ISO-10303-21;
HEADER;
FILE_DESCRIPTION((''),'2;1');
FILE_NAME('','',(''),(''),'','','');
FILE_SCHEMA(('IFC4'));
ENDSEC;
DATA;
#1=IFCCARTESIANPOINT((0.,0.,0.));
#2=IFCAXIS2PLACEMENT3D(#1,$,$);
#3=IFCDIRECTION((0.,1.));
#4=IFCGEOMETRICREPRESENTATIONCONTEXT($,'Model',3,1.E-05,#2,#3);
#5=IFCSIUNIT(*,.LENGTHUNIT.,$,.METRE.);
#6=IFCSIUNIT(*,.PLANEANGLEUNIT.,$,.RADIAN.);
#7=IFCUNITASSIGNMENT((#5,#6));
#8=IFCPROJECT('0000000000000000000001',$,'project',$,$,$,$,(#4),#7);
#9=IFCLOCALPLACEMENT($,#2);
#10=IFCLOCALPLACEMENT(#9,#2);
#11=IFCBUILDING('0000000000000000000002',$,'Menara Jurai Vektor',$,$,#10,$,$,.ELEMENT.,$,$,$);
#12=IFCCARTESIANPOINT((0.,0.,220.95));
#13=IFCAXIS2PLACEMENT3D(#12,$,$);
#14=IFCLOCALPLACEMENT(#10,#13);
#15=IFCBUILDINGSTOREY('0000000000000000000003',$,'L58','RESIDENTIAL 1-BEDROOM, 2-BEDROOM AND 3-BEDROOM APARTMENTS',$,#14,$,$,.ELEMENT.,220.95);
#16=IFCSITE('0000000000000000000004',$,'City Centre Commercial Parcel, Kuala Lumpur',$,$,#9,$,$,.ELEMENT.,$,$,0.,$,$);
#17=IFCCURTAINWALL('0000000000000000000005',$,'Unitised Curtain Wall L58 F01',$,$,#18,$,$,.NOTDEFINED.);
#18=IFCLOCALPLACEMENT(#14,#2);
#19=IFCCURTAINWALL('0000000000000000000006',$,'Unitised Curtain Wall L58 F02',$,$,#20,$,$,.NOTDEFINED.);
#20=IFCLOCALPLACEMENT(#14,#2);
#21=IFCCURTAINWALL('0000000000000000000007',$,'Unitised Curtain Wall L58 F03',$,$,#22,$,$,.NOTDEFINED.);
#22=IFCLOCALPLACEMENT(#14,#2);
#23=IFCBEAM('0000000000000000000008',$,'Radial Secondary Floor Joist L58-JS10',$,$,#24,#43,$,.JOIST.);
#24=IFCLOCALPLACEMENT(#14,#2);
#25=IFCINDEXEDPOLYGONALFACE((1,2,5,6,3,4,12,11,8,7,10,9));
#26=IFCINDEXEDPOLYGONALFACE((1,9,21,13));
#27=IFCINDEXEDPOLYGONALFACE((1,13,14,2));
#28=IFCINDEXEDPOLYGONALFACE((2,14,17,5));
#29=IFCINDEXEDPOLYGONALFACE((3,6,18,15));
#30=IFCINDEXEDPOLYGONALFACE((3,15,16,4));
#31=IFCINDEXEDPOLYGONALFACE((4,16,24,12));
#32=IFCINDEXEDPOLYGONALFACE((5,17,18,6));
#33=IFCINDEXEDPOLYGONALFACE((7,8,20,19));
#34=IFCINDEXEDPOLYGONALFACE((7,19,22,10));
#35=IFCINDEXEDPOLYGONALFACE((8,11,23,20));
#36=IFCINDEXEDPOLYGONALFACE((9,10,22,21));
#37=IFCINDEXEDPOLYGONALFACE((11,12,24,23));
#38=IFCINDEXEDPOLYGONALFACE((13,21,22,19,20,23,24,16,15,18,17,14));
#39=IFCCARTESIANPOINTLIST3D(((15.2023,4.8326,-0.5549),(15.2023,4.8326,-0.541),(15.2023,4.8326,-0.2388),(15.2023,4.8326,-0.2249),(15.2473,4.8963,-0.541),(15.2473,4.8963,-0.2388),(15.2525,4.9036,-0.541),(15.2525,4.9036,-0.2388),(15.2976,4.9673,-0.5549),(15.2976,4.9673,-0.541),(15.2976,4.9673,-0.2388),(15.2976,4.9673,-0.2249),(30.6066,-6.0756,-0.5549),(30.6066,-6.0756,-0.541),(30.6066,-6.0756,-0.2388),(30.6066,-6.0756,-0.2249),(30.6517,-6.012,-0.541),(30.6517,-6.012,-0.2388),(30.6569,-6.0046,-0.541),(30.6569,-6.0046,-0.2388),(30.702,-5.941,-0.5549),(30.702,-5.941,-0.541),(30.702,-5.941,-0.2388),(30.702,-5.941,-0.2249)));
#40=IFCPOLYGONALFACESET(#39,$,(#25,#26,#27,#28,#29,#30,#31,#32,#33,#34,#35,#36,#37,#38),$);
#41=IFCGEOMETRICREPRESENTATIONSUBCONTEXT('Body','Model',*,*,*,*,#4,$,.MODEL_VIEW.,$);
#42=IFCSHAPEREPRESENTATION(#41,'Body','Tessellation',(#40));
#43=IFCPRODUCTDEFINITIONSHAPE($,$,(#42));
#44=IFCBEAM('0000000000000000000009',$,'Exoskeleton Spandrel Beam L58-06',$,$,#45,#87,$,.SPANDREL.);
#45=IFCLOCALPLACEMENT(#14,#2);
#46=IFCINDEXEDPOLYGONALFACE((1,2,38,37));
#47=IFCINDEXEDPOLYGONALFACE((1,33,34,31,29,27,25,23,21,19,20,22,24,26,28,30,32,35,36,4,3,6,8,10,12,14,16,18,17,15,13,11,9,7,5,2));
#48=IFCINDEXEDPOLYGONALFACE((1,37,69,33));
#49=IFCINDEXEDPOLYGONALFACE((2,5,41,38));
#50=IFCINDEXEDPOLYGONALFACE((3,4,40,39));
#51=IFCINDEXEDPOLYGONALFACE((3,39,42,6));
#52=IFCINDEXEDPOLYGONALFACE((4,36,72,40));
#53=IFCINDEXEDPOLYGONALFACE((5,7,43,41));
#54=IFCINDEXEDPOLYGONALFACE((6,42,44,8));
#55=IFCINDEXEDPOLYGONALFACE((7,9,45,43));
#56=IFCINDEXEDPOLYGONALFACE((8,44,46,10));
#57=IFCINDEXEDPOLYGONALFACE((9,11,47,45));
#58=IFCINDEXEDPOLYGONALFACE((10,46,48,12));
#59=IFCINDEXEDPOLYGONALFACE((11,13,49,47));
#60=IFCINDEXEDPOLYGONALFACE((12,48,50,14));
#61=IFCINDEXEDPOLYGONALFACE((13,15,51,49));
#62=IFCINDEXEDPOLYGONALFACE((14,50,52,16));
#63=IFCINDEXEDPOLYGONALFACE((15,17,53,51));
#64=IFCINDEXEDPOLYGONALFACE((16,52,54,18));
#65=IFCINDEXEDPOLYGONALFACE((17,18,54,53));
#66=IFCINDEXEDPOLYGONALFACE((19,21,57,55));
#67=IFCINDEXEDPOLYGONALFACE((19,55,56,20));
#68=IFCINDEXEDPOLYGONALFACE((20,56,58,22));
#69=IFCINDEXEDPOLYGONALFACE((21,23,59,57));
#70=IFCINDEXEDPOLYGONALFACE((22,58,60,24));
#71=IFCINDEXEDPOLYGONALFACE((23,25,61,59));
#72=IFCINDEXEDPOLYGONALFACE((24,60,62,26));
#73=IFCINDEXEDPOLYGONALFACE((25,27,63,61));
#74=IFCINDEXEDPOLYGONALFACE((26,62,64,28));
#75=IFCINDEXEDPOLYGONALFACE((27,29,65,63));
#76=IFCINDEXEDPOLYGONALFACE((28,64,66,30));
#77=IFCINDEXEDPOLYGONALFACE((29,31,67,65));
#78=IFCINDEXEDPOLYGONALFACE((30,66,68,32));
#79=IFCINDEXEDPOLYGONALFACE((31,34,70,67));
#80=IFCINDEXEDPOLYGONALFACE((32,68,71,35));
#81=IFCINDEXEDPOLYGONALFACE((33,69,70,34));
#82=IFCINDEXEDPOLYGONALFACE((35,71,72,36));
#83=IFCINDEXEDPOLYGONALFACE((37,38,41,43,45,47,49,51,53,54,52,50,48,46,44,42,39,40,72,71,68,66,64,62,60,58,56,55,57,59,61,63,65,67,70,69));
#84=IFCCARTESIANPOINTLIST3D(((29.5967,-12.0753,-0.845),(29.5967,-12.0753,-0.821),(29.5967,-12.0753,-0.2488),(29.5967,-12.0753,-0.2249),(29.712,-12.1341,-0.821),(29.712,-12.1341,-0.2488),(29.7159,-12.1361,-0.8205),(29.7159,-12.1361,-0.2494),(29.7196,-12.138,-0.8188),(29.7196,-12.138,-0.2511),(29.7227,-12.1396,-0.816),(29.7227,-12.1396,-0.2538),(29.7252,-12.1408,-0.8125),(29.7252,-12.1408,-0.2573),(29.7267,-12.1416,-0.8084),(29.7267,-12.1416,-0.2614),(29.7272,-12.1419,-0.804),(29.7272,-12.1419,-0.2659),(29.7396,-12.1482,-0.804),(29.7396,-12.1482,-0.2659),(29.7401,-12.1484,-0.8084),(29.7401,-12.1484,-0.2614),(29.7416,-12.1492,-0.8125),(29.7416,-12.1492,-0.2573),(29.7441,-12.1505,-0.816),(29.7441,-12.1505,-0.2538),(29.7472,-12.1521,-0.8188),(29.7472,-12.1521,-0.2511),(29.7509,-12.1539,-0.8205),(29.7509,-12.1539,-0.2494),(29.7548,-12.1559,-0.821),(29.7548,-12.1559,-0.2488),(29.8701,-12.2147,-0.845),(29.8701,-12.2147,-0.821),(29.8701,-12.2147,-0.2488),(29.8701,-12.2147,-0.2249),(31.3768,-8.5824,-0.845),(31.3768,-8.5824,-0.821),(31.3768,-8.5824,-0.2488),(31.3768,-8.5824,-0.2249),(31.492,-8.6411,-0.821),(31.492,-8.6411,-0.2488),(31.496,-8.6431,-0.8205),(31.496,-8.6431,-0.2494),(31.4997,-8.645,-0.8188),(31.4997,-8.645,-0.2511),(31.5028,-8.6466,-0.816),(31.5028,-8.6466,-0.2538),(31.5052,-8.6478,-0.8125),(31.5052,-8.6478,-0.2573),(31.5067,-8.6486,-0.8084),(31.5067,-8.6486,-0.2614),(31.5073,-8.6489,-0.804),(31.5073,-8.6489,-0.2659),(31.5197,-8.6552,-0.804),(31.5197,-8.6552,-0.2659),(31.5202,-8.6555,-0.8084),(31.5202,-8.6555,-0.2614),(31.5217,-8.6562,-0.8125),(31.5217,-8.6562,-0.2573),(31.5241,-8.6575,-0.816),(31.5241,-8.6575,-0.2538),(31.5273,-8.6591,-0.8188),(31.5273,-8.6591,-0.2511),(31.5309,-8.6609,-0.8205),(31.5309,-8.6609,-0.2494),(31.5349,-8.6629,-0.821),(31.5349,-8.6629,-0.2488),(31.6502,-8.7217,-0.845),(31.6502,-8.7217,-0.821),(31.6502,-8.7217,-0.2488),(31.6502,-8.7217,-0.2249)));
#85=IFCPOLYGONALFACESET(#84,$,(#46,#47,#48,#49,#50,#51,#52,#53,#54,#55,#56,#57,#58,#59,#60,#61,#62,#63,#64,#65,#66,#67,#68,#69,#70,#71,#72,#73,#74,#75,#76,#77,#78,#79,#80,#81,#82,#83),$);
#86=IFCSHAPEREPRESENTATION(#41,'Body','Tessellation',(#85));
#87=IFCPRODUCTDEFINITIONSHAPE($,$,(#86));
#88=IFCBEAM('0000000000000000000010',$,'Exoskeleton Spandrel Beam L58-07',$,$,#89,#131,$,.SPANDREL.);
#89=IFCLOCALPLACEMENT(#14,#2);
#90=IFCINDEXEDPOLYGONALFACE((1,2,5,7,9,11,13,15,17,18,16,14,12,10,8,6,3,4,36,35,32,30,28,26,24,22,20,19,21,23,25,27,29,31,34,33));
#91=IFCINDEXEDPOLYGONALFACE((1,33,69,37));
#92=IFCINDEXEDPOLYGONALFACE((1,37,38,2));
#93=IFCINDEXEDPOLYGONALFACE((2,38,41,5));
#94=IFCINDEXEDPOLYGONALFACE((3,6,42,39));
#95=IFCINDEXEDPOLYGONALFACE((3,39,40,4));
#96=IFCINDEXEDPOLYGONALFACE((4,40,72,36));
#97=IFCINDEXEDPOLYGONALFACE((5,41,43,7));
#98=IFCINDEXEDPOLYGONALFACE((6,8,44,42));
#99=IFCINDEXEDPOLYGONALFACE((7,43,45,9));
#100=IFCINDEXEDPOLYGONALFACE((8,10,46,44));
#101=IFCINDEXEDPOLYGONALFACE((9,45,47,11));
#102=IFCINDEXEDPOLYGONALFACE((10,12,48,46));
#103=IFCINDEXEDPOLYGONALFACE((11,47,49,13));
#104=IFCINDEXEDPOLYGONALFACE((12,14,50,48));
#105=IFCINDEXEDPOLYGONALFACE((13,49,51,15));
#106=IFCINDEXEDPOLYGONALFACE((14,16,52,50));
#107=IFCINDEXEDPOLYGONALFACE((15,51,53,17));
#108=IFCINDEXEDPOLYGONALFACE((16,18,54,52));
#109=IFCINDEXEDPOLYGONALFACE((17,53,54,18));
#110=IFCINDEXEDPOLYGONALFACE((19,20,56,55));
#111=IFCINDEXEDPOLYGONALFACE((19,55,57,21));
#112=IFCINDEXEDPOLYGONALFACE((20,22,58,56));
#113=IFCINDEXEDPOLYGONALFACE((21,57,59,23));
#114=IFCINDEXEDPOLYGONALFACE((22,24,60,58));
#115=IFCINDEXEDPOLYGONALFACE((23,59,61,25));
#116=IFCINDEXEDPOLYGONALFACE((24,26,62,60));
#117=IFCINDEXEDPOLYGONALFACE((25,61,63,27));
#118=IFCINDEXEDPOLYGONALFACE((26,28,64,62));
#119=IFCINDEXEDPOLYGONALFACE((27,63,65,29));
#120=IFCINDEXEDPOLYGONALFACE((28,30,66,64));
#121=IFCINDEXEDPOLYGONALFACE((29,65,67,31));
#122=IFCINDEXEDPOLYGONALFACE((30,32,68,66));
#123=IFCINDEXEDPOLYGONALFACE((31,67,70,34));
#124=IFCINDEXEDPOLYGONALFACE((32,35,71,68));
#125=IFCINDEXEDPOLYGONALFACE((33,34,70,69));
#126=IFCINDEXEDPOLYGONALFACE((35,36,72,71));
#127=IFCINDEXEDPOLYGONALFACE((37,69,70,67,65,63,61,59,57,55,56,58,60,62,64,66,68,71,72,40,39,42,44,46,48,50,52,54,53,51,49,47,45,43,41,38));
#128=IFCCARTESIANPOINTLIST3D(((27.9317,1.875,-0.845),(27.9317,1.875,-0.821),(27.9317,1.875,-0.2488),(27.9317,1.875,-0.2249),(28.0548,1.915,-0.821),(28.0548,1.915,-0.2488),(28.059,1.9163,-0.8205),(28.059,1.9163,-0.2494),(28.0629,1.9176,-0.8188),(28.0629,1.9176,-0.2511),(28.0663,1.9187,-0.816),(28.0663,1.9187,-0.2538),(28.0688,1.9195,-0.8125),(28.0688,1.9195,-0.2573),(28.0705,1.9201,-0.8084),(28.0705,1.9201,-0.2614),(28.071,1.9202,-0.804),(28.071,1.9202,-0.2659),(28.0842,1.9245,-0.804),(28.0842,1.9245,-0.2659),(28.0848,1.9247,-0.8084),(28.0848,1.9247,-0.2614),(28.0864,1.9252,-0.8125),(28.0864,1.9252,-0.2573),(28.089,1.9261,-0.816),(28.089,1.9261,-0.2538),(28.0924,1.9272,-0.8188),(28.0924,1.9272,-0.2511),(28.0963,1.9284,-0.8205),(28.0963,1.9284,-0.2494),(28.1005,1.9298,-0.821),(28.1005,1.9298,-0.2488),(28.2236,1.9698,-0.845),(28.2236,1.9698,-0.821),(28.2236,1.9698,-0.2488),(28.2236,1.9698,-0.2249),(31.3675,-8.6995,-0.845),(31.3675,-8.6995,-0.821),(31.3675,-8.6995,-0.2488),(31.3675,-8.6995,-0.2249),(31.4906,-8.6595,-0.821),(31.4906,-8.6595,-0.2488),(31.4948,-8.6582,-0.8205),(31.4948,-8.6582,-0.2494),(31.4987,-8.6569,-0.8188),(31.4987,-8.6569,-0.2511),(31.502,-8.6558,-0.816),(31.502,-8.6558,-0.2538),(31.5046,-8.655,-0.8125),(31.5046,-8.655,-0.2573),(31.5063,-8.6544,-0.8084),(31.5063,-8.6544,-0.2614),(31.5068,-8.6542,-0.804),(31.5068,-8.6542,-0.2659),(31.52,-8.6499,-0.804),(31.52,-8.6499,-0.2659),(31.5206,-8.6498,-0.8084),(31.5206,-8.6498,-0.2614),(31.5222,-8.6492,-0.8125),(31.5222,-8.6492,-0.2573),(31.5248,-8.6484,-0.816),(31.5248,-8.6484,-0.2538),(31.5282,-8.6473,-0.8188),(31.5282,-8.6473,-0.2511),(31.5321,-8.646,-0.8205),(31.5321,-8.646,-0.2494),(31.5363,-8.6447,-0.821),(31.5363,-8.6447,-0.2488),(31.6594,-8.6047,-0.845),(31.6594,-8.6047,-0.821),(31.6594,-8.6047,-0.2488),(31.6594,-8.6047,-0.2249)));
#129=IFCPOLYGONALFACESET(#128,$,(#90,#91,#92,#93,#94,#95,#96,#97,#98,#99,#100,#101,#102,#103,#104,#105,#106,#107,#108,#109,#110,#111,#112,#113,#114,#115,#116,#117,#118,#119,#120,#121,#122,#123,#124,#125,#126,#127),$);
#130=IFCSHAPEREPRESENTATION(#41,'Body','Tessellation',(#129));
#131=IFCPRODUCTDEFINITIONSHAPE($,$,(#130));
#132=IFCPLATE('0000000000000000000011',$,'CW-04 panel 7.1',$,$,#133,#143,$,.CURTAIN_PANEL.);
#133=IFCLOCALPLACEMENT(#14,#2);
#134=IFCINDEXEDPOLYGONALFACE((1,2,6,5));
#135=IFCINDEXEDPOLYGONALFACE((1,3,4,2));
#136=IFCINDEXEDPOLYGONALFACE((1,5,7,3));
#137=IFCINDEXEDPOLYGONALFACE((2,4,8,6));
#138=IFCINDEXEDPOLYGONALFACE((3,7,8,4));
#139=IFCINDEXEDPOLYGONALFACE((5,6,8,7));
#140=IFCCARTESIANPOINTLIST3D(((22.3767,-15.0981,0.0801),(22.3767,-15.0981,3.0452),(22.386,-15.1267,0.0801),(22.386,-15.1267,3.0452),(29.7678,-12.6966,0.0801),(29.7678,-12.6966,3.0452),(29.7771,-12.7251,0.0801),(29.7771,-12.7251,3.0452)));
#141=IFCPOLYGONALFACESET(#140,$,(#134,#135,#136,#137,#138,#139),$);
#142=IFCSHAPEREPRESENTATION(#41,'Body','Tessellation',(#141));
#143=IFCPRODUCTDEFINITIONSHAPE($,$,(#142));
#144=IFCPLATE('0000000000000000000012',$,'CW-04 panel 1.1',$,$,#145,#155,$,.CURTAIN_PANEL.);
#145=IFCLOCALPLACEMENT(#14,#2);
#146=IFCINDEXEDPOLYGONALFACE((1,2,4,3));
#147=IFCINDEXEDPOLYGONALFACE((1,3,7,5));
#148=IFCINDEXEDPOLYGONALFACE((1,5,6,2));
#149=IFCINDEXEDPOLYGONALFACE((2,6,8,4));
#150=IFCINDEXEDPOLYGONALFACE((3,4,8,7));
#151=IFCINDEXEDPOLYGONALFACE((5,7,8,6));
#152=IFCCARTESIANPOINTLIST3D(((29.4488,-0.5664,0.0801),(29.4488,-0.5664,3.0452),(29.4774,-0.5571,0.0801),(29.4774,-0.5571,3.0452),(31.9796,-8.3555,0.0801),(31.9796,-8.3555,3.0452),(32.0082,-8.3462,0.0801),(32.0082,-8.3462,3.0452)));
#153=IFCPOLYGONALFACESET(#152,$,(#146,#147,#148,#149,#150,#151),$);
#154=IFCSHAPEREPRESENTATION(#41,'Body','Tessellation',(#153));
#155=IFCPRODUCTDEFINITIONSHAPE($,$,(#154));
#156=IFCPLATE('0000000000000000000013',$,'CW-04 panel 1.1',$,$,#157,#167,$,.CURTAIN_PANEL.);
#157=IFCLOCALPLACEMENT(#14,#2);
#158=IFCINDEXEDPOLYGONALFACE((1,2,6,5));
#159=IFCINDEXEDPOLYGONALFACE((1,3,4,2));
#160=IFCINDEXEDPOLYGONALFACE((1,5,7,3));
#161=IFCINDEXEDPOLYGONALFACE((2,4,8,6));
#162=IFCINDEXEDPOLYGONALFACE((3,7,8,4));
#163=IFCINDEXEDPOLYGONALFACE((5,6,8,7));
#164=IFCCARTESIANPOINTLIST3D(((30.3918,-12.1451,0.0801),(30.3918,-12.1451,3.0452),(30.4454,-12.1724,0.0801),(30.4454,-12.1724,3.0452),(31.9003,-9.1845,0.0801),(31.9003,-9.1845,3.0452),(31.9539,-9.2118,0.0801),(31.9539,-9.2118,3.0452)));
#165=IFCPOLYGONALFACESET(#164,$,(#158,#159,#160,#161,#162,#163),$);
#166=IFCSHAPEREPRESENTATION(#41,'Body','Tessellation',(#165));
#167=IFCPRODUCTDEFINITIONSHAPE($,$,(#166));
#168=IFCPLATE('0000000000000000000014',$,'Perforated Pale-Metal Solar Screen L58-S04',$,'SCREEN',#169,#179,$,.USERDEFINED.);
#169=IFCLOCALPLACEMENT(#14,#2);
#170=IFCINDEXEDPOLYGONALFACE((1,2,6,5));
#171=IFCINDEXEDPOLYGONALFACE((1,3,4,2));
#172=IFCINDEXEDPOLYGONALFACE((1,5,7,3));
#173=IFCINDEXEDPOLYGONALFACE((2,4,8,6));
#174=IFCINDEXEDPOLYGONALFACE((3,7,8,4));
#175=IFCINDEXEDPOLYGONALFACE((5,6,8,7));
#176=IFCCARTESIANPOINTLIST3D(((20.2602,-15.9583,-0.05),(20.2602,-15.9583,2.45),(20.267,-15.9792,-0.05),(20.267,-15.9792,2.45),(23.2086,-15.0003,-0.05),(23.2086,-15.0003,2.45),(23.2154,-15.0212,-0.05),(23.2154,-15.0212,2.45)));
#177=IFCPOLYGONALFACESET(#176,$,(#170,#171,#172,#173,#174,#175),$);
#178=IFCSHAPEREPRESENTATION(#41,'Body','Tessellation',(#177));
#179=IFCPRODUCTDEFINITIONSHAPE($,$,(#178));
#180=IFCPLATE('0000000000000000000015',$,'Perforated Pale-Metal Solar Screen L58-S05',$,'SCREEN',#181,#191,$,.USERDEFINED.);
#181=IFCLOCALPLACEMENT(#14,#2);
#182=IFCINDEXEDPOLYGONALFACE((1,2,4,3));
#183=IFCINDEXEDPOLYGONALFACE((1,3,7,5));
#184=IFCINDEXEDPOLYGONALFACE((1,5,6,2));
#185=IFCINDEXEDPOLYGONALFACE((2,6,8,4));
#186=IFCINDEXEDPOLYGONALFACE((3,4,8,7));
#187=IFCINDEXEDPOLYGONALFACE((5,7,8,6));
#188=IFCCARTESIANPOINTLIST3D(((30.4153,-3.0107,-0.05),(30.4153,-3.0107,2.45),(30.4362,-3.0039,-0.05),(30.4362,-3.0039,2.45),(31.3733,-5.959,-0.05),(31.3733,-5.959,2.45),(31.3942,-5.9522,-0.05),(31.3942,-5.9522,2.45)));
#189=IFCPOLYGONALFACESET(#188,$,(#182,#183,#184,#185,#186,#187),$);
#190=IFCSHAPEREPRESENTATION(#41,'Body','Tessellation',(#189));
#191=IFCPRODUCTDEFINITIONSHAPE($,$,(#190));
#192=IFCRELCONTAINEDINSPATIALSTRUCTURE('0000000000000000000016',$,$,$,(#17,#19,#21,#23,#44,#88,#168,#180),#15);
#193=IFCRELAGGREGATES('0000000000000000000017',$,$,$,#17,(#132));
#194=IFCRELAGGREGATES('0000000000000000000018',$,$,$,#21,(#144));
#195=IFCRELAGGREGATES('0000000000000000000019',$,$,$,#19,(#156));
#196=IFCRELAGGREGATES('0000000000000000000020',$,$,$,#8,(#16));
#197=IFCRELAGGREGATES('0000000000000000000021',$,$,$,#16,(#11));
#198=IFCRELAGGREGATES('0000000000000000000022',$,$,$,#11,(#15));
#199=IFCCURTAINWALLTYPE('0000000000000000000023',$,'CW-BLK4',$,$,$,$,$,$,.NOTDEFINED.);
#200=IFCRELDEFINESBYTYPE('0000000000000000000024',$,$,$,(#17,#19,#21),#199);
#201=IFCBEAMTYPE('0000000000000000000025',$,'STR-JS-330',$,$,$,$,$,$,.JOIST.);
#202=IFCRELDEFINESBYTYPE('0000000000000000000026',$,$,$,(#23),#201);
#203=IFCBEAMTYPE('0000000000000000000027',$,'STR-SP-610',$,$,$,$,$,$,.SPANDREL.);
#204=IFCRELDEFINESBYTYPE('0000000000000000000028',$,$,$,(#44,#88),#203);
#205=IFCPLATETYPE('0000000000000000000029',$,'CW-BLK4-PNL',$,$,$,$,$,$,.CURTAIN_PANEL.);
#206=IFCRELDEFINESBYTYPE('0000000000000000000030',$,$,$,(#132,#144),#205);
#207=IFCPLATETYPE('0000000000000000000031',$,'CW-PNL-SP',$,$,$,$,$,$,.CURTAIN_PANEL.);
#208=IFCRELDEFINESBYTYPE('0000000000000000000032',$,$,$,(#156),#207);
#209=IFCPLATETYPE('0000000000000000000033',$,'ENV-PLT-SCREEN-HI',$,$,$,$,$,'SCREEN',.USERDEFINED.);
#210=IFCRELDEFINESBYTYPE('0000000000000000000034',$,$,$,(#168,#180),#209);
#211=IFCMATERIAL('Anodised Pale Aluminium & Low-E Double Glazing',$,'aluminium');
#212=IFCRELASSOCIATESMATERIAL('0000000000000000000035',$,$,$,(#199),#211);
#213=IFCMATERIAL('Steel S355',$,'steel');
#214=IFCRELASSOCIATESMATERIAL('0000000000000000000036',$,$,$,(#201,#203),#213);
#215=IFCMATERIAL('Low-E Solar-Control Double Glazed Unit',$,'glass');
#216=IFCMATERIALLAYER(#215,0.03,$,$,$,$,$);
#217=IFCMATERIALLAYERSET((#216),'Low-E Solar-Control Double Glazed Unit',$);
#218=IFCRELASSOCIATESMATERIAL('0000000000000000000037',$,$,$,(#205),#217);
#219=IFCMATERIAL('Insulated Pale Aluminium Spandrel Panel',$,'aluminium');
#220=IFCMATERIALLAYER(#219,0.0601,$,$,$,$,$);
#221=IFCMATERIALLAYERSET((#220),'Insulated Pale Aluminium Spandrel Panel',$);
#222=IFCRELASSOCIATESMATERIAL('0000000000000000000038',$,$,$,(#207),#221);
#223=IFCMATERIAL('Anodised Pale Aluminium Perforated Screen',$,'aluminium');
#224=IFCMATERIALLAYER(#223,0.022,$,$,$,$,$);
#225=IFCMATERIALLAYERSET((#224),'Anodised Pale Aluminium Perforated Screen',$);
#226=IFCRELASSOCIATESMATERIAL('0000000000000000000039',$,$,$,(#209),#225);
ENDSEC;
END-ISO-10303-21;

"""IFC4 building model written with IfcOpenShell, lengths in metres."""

from ifc_helpers import new_model, si_unit, direction, frame, origin, origin_2d, place, context, subcontext, project, spatial, rectangle, i_section, extrude, material, layer, layer_set, material_profile, profile_set, type_object, element, aggregate, save


model = new_model("IFC4")

# Units and contexts
model_context = context("Model", 3, precision=1e-05, world=origin(), true_north=direction((0.0, 1.0)))
body_context = subcontext(model_context, "Body", "Model", "MODEL_VIEW")
ifc_project = project(units=[si_unit("LENGTHUNIT", "METRE"), si_unit("PLANEANGLEUNIT", "RADIAN")], contexts=[model_context])

# Site, building, storey
site_placement = place(None, origin())
site = spatial("IfcSite", under=ifc_project, at=site_placement, Name="City Centre Commercial Parcel, Kuala Lumpur", CompositionType="ELEMENT", RefElevation=0.0)
building_placement = place(site_placement, origin())
building = spatial("IfcBuilding", under=site, at=building_placement, Name="Menara Jurai Vektor", CompositionType="ELEMENT")
storey_placement = place(building_placement, frame((0.0, 0.0, 220.95)))
storey = spatial("IfcBuildingStorey", under=building, at=storey_placement, Name="L58", Description="RESIDENTIAL 1-BEDROOM, 2-BEDROOM AND 3-BEDROOM APARTMENTS", CompositionType="ELEMENT", Elevation=220.95)

# Curtain walls
ifc_material_1 = material(Name="Anodised Pale Aluminium & Low-E Double Glazing", Category="aluminium")
curtain_wall_type = type_object("IfcCurtainWallType", Name="CW-BLK4", PredefinedType="NOTDEFINED", material=ifc_material_1)
curtain_wall_1_placement = place(storey_placement, origin())
curtain_wall_1 = element("IfcCurtainWall", 1, at=curtain_wall_1_placement, inside=storey, type_object=curtain_wall_type, Name="Unitised Curtain Wall L58 F01", PredefinedType="NOTDEFINED")
curtain_wall_2_placement = place(storey_placement, origin())
curtain_wall_2 = element("IfcCurtainWall", 2, at=curtain_wall_2_placement, inside=storey, type_object=curtain_wall_type, Name="Unitised Curtain Wall L58 F02", PredefinedType="NOTDEFINED")

# Curtain wall
curtain_wall_3_placement = place(storey_placement, origin())
curtain_wall_3 = element("IfcCurtainWall", 3, at=curtain_wall_3_placement, inside=storey, type_object=curtain_wall_type, Name="Unitised Curtain Wall L58 F03", PredefinedType="NOTDEFINED")

# Shared definitions
ifc_material_2 = material(Name="Steel S355", Category="steel")

# Beams
ifc_material_profile_1 = material_profile(ifc_material_2, i_section(OverallWidth=0.165, OverallDepth=0.3301, WebThickness=0.009, FlangeThickness=0.0139, at=origin_2d()), Name="PG 330x165x46")
ifc_profile_set_1 = profile_set([ifc_material_profile_1], Name="Steel S355")
beam_type_1 = type_object("IfcBeamType", Name="STR-JS-330", PredefinedType="JOIST", material=ifc_profile_set_1)
beam_1_placement = place(storey_placement, frame((30.6543, -6.0083, -0.3899), z_axis=(-0.816104, 0.577905, 0.0), x_axis=(-0.577905, -0.816104, 0.0)))
element("IfcBeam", 4, at=beam_1_placement, inside=storey, type_object=beam_type_1, Name="Radial Secondary Floor Joist L58-JS10", PredefinedType="JOIST", context=body_context, shape_type="SweptSolid", body=[
    extrude(i_section(OverallWidth=0.165, OverallDepth=0.3301, WebThickness=0.009, FlangeThickness=0.0139, at=origin_2d()), origin(), (0.0, 0.0, 1.0), 18.8755),
])
ifc_material_profile_2 = material_profile(ifc_material_2, i_section(OverallWidth=0.3069, OverallDepth=0.6201, WebThickness=0.0139, FlangeThickness=0.0239, FilletRadius=0.0171, at=origin_2d()), Name="UKB 610x305x179")
ifc_profile_set_2 = profile_set([ifc_material_profile_2], Name="Steel S355")
beam_type_2 = type_object("IfcBeamType", Name="STR-SP-610", PredefinedType="SPANDREL", material=ifc_profile_set_2)
beam_2_placement = place(storey_placement, frame((29.7334, -12.145, -0.5349), z_axis=(0.454051, 0.890976, 0.0), x_axis=(-0.890976, 0.454051, 0.0)))
element("IfcBeam", 5, at=beam_2_placement, inside=storey, type_object=beam_type_2, Name="Exoskeleton Spandrel Beam L58-06", PredefinedType="SPANDREL", context=body_context, shape_type="SweptSolid", body=[
    extrude(i_section(OverallWidth=0.3069, OverallDepth=0.6201, WebThickness=0.0139, FlangeThickness=0.0239, FilletRadius=0.0171, at=origin_2d()), origin(), (0.0, 0.0, 1.0), 3.9204),
])
beam_3_placement = place(storey_placement, frame((31.5134, -8.6521, -0.5349), z_axis=(-0.309012, 0.951058, 0.0), x_axis=(-0.951058, -0.309012, 0.0)))
element("IfcBeam", 6, at=beam_3_placement, inside=storey, type_object=beam_type_2, Name="Exoskeleton Spandrel Beam L58-07", PredefinedType="SPANDREL", context=body_context, shape_type="SweptSolid", body=[
    extrude(i_section(OverallWidth=0.3069, OverallDepth=0.6201, WebThickness=0.0139, FlangeThickness=0.0239, FilletRadius=0.0171, at=origin_2d()), origin(), (0.0, 0.0, 1.0), 11.1187),
])

# Plates
ifc_material_3 = material(Name="Low-E Solar-Control Double Glazed Unit", Category="glass")
ifc_layer_1 = layer(ifc_material_3, 0.03)
ifc_layer_set_1 = layer_set([ifc_layer_1], Name="Low-E Solar-Control Double Glazed Unit")
plate_type_1 = type_object("IfcPlateType", Name="CW-BLK4-PNL", PredefinedType="CURTAIN_PANEL", material=ifc_layer_set_1)
plate_1_placement = place(storey_placement, frame((26.0769, -13.9116, 0.0801), z_axis=(0.0, 0.0, 1.0), x_axis=(0.951056, 0.309017, 0.0)))
plate_1 = element("IfcPlate", 7, at=plate_1_placement, type_object=plate_type_1, Name="CW-04 panel 7.1", PredefinedType="CURTAIN_PANEL", context=body_context, shape_type="SweptSolid", body=[
    extrude(rectangle(XDim=7.7715, YDim=0.03, at=origin_2d()), origin(), (0.0, 0.0, 1.0), 2.9651),
])
aggregate(curtain_wall_1, [plate_1])
plate_2_placement = place(storey_placement, frame((30.7285, -4.4563, 0.0801), z_axis=(0.0, 0.0, 1.0), x_axis=(-0.309016, 0.951057, 0.0)))
plate_2 = element("IfcPlate", 8, at=plate_2_placement, type_object=plate_type_1, Name="CW-04 panel 1.1", PredefinedType="CURTAIN_PANEL", context=body_context, shape_type="SweptSolid", body=[
    extrude(rectangle(XDim=8.1899, YDim=0.03, at=origin_2d()), origin(), (0.0, 0.0, 1.0), 2.9651),
])
aggregate(curtain_wall_3, [plate_2])
ifc_material_4 = material(Name="Insulated Pale Aluminium Spandrel Panel", Category="aluminium")
ifc_layer_2 = layer(ifc_material_4, 0.0601)
ifc_layer_set_2 = layer_set([ifc_layer_2], Name="Insulated Pale Aluminium Spandrel Panel")
plate_type_2 = type_object("IfcPlateType", Name="CW-PNL-SP", PredefinedType="CURTAIN_PANEL", material=ifc_layer_set_2)
plate_3_placement = place(storey_placement, frame((31.1729, -10.6785, 0.0801), z_axis=(0.0, 0.0, 1.0), x_axis=(0.453989, 0.891008, 0.0)))
plate_3 = element("IfcPlate", 9, at=plate_3_placement, type_object=plate_type_2, Name="CW-04 panel 1.1", PredefinedType="CURTAIN_PANEL", context=body_context, shape_type="SweptSolid", body=[
    extrude(rectangle(XDim=3.3228, YDim=0.0601, at=origin_2d()), origin(), (0.0, 0.0, 1.0), 2.9651),
])
aggregate(curtain_wall_2, [plate_3])

# Plates
ifc_material_5 = material(Name="Anodised Pale Aluminium Perforated Screen", Category="aluminium")
ifc_layer_3 = layer(ifc_material_5, 0.022)
ifc_layer_set_3 = layer_set([ifc_layer_3], Name="Anodised Pale Aluminium Perforated Screen")
plate_type_3 = type_object("IfcPlateType", Name="ENV-PLT-SCREEN-HI", ElementType="SCREEN", PredefinedType="USERDEFINED", material=ifc_layer_set_3)
for number, where, z_axis, x_axis, name in (
    (10, (21.7378, -15.4897, -0.05), (0.0, 0.0, 1.0), (0.951057, 0.309017, 0.0), "Perforated Pale-Metal Solar Screen L58-S04"),
    (11, (30.9048, -4.4814, -0.05), (0.0, 0.0, 1.0), (-0.309017, 0.951057, 0.0), "Perforated Pale-Metal Solar Screen L58-S05"),
):
    element("IfcPlate", number, at=place(storey_placement, frame(where, z_axis=z_axis, x_axis=x_axis)), inside=storey, type_object=plate_type_3, Name=name, ObjectType="SCREEN", PredefinedType="USERDEFINED", context=body_context, shape_type="SweptSolid", body=[
        extrude(rectangle(XDim=3.1001, YDim=0.022, at=origin_2d()), origin(), (0.0, 0.0, 1.0), 2.5),
    ])

save(model, "model.ifc")
